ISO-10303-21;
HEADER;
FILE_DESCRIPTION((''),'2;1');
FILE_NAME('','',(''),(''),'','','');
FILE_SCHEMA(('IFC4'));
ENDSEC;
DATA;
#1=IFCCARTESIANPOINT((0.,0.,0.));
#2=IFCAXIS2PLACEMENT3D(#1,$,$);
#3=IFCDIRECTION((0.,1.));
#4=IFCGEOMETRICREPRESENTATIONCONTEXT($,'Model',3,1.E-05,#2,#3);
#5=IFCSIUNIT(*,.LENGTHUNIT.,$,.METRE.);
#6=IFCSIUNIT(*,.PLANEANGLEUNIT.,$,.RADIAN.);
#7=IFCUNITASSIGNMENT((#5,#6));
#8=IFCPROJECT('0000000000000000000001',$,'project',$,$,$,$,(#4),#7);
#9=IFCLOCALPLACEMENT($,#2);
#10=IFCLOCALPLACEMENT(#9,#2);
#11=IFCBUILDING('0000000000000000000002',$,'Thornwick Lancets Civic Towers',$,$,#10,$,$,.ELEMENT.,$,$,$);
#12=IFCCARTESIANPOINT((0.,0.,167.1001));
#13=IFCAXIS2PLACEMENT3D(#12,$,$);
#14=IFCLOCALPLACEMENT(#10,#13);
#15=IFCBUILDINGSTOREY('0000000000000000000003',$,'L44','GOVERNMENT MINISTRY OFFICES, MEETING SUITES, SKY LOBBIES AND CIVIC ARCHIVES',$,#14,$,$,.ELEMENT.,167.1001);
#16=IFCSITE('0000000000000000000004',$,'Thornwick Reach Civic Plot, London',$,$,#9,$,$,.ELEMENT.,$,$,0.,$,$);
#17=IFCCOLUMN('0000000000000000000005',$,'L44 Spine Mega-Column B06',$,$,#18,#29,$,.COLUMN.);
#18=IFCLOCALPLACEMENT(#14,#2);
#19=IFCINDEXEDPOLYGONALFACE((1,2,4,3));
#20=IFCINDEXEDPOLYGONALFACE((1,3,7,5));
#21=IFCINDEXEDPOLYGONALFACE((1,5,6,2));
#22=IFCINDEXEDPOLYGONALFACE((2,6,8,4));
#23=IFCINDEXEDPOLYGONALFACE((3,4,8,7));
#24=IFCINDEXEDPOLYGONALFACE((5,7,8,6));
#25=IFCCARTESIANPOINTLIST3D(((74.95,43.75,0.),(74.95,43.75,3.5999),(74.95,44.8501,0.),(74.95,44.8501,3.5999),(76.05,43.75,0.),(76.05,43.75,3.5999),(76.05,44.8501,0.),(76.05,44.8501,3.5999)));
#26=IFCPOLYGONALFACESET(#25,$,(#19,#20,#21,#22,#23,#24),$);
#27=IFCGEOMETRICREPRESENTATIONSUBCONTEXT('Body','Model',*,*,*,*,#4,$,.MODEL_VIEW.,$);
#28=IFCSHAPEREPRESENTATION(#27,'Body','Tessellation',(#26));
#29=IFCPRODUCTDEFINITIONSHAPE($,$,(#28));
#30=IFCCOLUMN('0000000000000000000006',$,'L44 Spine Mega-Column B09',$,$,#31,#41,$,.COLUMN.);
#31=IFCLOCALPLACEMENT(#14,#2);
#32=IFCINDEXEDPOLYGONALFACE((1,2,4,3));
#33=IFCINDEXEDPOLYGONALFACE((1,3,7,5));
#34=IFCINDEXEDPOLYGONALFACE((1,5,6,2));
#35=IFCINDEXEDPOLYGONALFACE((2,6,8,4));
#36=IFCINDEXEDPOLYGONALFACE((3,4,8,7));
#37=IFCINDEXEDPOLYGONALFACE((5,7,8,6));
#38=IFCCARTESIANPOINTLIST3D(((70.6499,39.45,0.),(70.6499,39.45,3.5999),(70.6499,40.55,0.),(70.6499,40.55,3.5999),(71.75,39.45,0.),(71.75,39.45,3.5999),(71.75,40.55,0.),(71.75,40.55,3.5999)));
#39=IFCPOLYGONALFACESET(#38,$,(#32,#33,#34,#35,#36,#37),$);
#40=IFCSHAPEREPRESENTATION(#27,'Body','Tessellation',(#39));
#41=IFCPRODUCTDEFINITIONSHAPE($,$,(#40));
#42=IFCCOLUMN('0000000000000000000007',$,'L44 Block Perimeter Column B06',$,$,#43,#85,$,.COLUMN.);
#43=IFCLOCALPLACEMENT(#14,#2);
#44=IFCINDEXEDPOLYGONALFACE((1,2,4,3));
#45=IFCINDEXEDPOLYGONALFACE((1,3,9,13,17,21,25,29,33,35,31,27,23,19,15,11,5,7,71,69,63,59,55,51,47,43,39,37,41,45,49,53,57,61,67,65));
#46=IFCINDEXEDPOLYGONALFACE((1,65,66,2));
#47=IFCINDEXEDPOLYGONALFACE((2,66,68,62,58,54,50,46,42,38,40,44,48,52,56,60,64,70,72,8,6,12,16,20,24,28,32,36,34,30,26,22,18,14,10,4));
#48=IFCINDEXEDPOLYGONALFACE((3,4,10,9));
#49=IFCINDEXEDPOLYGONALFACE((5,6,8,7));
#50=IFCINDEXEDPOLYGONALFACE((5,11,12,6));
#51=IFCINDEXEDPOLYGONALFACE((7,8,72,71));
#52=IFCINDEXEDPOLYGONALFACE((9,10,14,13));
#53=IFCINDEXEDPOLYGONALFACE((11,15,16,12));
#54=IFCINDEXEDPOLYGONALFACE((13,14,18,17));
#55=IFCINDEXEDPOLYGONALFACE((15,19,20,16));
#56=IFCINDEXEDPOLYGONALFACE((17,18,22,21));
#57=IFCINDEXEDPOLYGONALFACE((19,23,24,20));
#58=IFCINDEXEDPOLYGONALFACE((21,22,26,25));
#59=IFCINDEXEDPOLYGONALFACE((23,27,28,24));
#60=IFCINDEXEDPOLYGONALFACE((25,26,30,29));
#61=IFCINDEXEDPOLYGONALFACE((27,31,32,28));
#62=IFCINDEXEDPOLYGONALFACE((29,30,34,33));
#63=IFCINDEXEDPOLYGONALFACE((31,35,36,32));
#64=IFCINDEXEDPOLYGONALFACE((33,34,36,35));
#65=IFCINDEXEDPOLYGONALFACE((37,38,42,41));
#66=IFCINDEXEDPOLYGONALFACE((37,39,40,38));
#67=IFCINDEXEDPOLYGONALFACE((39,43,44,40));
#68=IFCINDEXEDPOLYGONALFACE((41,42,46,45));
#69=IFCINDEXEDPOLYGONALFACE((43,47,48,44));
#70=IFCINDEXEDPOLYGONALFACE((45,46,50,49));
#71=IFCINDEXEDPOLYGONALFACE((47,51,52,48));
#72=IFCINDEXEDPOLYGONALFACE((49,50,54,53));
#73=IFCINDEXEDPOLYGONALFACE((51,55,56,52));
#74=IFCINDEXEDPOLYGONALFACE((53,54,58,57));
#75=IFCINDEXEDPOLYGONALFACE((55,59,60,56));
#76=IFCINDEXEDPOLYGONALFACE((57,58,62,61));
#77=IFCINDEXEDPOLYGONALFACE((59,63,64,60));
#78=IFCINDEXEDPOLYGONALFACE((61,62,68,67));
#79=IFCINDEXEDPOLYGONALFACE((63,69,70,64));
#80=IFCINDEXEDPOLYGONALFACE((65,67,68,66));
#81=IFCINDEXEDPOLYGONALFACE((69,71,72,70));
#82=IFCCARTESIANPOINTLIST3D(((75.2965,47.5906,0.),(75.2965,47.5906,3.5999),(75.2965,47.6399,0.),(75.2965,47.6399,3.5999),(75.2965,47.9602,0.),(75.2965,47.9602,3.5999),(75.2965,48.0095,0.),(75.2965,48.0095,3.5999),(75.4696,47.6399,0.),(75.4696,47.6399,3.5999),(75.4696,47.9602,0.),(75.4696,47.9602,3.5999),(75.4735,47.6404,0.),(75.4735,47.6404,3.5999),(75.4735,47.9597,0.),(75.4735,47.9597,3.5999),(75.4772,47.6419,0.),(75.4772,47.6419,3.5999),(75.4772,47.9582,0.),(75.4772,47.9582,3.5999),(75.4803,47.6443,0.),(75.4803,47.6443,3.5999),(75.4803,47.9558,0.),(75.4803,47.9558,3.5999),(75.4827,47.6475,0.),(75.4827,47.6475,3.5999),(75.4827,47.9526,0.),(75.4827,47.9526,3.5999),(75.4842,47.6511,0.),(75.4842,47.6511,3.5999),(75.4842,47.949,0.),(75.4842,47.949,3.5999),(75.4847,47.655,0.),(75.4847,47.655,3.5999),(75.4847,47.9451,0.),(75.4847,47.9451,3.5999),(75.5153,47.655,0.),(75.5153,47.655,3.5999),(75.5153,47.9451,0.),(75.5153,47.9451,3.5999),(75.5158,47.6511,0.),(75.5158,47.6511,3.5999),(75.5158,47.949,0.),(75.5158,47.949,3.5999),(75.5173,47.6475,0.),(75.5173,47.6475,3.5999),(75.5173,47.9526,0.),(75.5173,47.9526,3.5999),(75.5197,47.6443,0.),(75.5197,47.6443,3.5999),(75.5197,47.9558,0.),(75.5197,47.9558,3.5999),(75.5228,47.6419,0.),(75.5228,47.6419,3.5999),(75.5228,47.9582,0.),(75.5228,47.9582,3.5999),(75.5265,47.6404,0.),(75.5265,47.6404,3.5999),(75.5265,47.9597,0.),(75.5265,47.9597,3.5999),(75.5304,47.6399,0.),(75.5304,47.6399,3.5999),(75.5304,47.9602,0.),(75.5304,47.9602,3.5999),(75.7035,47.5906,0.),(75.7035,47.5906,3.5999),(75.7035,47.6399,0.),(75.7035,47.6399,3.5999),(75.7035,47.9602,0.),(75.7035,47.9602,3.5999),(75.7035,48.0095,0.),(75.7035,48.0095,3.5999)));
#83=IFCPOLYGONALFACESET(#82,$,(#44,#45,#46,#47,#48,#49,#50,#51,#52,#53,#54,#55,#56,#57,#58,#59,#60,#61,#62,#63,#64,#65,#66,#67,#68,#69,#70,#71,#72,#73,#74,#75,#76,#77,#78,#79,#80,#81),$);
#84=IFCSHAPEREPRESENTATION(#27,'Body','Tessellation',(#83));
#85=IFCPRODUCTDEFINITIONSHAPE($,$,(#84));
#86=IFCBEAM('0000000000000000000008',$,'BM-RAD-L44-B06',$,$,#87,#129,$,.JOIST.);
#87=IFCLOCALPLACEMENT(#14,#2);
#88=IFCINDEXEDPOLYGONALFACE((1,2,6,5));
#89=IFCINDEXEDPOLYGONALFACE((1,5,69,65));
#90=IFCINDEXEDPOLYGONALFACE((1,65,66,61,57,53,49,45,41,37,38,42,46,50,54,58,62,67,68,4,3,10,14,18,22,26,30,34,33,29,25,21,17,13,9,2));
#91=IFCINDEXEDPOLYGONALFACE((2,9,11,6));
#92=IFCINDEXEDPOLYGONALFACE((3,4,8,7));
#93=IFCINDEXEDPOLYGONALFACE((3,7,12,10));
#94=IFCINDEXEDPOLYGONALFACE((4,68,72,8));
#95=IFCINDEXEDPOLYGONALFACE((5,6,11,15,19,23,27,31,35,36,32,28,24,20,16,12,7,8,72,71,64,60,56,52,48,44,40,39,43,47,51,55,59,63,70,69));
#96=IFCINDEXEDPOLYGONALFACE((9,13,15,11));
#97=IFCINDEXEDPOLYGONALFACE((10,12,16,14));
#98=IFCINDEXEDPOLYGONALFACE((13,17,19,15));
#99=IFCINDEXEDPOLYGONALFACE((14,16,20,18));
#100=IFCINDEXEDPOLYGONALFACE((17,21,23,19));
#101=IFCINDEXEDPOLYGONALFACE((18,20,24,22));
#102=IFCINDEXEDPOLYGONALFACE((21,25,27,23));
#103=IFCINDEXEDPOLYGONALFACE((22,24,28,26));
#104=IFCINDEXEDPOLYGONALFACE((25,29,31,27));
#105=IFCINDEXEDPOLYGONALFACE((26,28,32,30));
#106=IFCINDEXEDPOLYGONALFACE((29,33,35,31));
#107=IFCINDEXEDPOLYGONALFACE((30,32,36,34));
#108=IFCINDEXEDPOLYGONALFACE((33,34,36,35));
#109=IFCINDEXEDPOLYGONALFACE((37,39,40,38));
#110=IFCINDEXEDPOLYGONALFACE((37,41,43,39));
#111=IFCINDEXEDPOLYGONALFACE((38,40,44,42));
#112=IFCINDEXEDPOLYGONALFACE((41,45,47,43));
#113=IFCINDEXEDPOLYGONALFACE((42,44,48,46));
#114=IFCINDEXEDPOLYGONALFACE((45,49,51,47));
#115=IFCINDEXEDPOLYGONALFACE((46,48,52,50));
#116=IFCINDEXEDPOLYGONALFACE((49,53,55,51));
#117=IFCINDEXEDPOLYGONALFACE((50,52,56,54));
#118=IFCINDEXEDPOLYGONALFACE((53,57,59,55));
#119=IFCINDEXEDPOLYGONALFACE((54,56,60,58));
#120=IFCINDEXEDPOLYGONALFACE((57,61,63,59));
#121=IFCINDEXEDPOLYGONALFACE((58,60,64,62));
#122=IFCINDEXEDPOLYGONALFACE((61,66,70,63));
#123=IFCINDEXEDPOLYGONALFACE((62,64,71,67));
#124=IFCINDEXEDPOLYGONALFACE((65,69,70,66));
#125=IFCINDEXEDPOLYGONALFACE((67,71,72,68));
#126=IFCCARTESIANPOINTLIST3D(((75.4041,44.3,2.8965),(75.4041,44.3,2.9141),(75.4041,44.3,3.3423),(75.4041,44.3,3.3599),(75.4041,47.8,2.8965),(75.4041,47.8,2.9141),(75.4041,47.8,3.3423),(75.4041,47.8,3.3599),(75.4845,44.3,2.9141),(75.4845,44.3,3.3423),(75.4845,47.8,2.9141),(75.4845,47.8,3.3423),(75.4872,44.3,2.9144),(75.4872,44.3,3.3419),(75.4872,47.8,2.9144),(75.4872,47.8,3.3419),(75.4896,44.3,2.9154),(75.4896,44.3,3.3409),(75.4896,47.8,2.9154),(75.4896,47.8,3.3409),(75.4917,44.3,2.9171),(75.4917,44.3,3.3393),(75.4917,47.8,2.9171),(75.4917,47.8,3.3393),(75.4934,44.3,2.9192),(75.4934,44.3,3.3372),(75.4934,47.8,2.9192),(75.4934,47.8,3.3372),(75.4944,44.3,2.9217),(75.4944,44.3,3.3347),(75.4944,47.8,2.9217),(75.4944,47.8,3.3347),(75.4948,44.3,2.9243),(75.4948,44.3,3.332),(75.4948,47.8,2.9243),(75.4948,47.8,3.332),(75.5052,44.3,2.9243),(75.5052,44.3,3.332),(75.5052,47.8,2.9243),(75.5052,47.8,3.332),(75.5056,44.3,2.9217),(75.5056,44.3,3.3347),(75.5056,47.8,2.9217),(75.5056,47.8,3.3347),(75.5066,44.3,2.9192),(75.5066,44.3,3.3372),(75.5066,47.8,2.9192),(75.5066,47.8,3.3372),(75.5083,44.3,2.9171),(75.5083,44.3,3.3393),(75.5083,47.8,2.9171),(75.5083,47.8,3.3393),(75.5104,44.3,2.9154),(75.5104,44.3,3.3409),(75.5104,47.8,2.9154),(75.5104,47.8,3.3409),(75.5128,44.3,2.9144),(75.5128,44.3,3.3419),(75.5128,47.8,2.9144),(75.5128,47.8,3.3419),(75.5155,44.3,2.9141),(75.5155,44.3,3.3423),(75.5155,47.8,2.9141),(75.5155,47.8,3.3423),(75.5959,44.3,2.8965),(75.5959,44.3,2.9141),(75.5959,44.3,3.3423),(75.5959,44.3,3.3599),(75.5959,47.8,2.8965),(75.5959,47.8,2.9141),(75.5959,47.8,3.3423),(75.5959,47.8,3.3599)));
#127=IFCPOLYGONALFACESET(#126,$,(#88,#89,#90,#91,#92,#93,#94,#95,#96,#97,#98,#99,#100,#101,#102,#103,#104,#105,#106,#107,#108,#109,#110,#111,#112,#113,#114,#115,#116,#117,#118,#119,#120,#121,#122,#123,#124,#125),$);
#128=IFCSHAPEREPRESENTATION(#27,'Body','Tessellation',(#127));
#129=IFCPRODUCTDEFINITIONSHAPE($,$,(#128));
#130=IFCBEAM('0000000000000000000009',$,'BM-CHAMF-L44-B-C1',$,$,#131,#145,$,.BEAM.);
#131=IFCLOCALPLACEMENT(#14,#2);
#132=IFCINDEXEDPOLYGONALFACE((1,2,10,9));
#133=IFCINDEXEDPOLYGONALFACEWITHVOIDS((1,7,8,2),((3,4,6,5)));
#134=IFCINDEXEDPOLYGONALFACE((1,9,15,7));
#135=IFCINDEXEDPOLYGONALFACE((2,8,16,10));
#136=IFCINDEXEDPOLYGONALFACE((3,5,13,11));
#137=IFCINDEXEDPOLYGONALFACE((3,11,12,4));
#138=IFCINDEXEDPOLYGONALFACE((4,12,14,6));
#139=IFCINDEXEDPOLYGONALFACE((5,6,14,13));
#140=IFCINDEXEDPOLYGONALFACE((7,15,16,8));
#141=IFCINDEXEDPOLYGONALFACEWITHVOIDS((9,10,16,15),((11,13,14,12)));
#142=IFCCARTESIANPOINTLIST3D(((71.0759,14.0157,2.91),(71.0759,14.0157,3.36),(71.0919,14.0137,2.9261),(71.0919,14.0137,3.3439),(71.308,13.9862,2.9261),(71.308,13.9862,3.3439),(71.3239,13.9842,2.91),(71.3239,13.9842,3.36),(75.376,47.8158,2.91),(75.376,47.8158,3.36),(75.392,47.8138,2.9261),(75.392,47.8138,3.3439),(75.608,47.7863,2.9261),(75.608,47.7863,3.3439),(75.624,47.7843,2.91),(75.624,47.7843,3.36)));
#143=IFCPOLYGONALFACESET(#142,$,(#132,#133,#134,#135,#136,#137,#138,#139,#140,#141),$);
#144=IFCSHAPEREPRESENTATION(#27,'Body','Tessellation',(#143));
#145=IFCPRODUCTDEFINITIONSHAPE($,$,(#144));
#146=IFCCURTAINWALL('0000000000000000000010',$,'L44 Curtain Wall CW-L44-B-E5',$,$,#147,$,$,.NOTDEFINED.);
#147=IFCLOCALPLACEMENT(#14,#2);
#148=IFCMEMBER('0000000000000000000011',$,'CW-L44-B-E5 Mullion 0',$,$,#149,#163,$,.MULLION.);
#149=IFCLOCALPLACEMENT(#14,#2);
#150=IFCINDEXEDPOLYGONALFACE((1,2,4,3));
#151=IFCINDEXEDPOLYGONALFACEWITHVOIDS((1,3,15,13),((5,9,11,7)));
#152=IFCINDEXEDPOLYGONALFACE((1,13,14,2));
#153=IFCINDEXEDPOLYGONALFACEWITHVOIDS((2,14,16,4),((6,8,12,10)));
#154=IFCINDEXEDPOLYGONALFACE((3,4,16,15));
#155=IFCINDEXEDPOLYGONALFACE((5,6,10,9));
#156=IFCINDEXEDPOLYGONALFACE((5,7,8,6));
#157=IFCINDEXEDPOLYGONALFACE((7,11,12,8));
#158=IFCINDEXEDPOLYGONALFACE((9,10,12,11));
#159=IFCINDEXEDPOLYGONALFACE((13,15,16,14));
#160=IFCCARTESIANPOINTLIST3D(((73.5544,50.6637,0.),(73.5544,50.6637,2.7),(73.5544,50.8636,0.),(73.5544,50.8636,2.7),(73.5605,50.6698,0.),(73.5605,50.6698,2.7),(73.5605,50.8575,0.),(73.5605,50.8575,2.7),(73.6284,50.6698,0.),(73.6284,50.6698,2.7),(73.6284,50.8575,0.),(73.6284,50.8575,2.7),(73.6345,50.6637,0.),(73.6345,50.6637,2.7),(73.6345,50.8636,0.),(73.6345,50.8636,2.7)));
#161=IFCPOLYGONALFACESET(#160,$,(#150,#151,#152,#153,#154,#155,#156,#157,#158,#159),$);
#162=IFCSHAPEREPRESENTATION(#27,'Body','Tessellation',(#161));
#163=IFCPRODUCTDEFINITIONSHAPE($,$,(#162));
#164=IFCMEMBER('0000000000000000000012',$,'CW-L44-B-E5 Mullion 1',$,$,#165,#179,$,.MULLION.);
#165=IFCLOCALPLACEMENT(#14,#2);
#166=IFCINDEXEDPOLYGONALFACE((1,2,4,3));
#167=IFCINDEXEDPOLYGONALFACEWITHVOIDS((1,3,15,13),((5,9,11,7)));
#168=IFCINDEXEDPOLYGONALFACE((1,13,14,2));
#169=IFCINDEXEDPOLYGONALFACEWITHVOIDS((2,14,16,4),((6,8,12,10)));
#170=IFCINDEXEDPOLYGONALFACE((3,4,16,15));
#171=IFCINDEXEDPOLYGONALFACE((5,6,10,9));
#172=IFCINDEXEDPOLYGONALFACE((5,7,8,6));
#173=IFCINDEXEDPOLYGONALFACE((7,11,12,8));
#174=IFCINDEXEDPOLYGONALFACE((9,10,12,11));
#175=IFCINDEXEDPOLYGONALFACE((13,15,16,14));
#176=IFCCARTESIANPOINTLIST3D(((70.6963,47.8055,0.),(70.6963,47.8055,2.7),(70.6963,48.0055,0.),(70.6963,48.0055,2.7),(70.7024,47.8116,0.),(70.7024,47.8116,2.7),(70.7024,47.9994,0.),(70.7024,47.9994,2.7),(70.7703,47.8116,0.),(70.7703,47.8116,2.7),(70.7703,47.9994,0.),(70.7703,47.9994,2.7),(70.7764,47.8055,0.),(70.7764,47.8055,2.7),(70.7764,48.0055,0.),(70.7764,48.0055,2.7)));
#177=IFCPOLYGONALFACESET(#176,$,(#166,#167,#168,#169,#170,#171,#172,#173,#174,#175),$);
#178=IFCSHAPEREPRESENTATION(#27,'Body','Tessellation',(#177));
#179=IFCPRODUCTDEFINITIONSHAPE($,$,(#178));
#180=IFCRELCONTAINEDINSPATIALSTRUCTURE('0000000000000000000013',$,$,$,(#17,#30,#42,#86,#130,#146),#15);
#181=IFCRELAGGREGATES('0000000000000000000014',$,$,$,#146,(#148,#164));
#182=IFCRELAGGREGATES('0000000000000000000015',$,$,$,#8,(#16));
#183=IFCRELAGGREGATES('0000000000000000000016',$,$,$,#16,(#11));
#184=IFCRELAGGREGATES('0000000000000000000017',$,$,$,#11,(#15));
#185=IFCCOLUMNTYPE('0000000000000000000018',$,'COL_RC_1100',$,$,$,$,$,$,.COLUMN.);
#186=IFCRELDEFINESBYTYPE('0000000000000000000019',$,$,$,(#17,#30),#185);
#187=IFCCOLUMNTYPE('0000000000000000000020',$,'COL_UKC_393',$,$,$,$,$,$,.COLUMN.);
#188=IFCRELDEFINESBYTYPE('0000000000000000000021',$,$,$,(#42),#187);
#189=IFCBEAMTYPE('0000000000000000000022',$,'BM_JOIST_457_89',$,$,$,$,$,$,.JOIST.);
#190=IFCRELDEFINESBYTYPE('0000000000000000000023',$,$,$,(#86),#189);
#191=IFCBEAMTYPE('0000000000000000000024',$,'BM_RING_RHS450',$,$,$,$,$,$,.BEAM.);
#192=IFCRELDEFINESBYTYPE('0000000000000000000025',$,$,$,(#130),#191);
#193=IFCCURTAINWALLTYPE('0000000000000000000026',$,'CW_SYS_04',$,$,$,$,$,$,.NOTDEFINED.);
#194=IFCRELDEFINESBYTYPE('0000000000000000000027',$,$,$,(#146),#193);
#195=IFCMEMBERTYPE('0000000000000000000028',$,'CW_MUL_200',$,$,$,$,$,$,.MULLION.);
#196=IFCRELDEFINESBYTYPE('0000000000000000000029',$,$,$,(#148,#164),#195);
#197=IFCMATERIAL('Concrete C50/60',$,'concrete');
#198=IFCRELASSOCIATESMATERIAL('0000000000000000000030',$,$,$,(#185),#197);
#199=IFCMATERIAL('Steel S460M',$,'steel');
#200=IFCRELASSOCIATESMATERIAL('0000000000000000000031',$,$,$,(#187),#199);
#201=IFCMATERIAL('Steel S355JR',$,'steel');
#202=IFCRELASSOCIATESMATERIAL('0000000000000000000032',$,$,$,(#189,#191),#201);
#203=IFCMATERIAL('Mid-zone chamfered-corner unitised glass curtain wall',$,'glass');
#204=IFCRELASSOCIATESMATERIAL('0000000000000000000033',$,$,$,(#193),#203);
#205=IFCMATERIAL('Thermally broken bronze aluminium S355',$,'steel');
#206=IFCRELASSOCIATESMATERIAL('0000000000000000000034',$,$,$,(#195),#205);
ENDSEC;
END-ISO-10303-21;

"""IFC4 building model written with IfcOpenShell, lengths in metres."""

from ifc_helpers import new_model, si_unit, direction, frame, origin, origin_2d, place, context, subcontext, project, spatial, rectangle, hollow_rectangle, i_section, extrude, material, material_profile, profile_set, type_object, element, aggregate, save


model = new_model("IFC4")

# Units and contexts
model_context = context("Model", 3, precision=1e-05, world=origin(), true_north=direction((0.0, 1.0)))
body_context = subcontext(model_context, "Body", "Model", "MODEL_VIEW")
ifc_project = project(units=[si_unit("LENGTHUNIT", "METRE"), si_unit("PLANEANGLEUNIT", "RADIAN")], contexts=[model_context])

# Site, building, storey
site_placement = place(None, origin())
site = spatial("IfcSite", under=ifc_project, at=site_placement, Name="Thornwick Reach Civic Plot, London", CompositionType="ELEMENT", RefElevation=0.0)
building_placement = place(site_placement, origin())
building = spatial("IfcBuilding", under=site, at=building_placement, Name="Thornwick Lancets Civic Towers", CompositionType="ELEMENT")
storey_placement = place(building_placement, frame((0.0, 0.0, 167.1001)))
storey = spatial("IfcBuildingStorey", under=building, at=storey_placement, Name="L44", Description="GOVERNMENT MINISTRY OFFICES, MEETING SUITES, SKY LOBBIES AND CIVIC ARCHIVES", CompositionType="ELEMENT", Elevation=167.1001)

# Columns
ifc_material_1 = material(Name="Concrete C50/60", Category="concrete")
ifc_material_profile_1 = material_profile(ifc_material_1, rectangle(XDim=1.1001, YDim=1.1001, at=origin_2d()), Name="RC 1100x1100")
ifc_profile_set_1 = profile_set([ifc_material_profile_1], Name="Concrete C50/60")
column_type_1 = type_object("IfcColumnType", Name="COL_RC_1100", PredefinedType="COLUMN", material=ifc_profile_set_1)
for number, where, z_axis, x_axis, name in (
    (1, (75.5, 44.3, 0.0), (0.0, 0.0, 1.0), (1.0, 0.0, 0.0), "L44 Spine Mega-Column B06"),
    (2, (71.2, 40.0, 0.0), (0.0, 0.0, 1.0), (1.0, 0.0, 0.0), "L44 Spine Mega-Column B09"),
):
    element("IfcColumn", number, at=place(storey_placement, frame(where, z_axis=z_axis, x_axis=x_axis)), inside=storey, type_object=column_type_1, Name=name, PredefinedType="COLUMN", context=body_context, shape_type="SweptSolid", body=[
        extrude(rectangle(XDim=1.1001, YDim=1.1001, at=origin_2d()), origin(), (0.0, 0.0, 1.0), 3.5999),
    ])
ifc_material_2 = material(Name="Steel S460M", Category="steel")
ifc_material_profile_2 = material_profile(ifc_material_2, i_section(OverallWidth=0.407, OverallDepth=0.4189, WebThickness=0.0305, FlangeThickness=0.0493, FilletRadius=0.0151, at=origin_2d()), Name="UKC 356x406x393")
ifc_profile_set_2 = profile_set([ifc_material_profile_2], Name="Steel S460M")
column_type_2 = type_object("IfcColumnType", Name="COL_UKC_393", PredefinedType="COLUMN", material=ifc_profile_set_2)
column_placement = place(storey_placement, frame((75.5, 47.8, 0.0), z_axis=(0.0, 0.0, 1.0), x_axis=(1.0, 0.0, 0.0)))
element("IfcColumn", 3, at=column_placement, inside=storey, type_object=column_type_2, Name="L44 Block Perimeter Column B06", PredefinedType="COLUMN", context=body_context, shape_type="SweptSolid", body=[
    extrude(i_section(OverallWidth=0.407, OverallDepth=0.4189, WebThickness=0.0305, FlangeThickness=0.0493, FilletRadius=0.0151, at=origin_2d()), origin(), (0.0, 0.0, 1.0), 3.5999),
])

# Beams
ifc_material_3 = material(Name="Steel S355JR", Category="steel")
ifc_material_profile_3 = material_profile(ifc_material_3, i_section(OverallWidth=0.1919, OverallDepth=0.4634, WebThickness=0.0105, FlangeThickness=0.0176, FilletRadius=0.0103, at=origin_2d()), Name="UKB 457x191x89")
ifc_profile_set_3 = profile_set([ifc_material_profile_3], Name="Steel S355JR")
beam_type_1 = type_object("IfcBeamType", Name="BM_JOIST_457_89", PredefinedType="JOIST", material=ifc_profile_set_3)
beam_1_placement = place(storey_placement, frame((75.5, 44.3, 3.1282), z_axis=(0.0, 1.0, 0.0), x_axis=(-1.0, 0.0, 0.0)))
element("IfcBeam", 4, at=beam_1_placement, inside=storey, type_object=beam_type_1, Name="BM-RAD-L44-B06", PredefinedType="JOIST", context=body_context, shape_type="SweptSolid", body=[
    extrude(i_section(OverallWidth=0.1919, OverallDepth=0.4634, WebThickness=0.0105, FlangeThickness=0.0176, FilletRadius=0.0103, at=origin_2d()), origin(), (0.0, 0.0, 1.0), 3.5),
])
ifc_material_profile_4 = material_profile(ifc_material_3, hollow_rectangle(XDim=0.25, YDim=0.45, WallThickness=0.0161, at=origin_2d()), Name="RHS 450x250x16")
ifc_profile_set_4 = profile_set([ifc_material_profile_4], Name="Steel S355JR")
beam_type_2 = type_object("IfcBeamType", Name="BM_RING_RHS450", PredefinedType="BEAM", material=ifc_profile_set_4)
beam_2_placement = place(storey_placement, frame((75.5, 47.8, 3.135), z_axis=(-0.126203, -0.992004, 0.0), x_axis=(0.992004, -0.126203, 0.0)))
element("IfcBeam", 5, at=beam_2_placement, inside=storey, type_object=beam_type_2, Name="BM-CHAMF-L44-B-C1", PredefinedType="BEAM", context=body_context, shape_type="SweptSolid", body=[
    extrude(hollow_rectangle(XDim=0.25, YDim=0.45, WallThickness=0.0161, at=origin_2d()), origin(), (0.0, 0.0, 1.0), 34.0725),
])

# Curtain wall, members
ifc_material_4 = material(Name="Mid-zone chamfered-corner unitised glass curtain wall", Category="glass")
curtain_wall_type = type_object("IfcCurtainWallType", Name="CW_SYS_04", PredefinedType="NOTDEFINED", material=ifc_material_4)
curtain_wall_placement = place(storey_placement, origin())
curtain_wall = element("IfcCurtainWall", 6, at=curtain_wall_placement, inside=storey, type_object=curtain_wall_type, Name="L44 Curtain Wall CW-L44-B-E5", PredefinedType="NOTDEFINED")
ifc_material_5 = material(Name="Thermally broken bronze aluminium S355", Category="steel")
ifc_material_profile_5 = material_profile(ifc_material_5, hollow_rectangle(XDim=0.0801, YDim=0.2, WallThickness=0.0061, at=origin_2d()), Name="RHS 200x80x6")
ifc_profile_set_5 = profile_set([ifc_material_profile_5], Name="Thermally broken bronze aluminium S355")
member_type_1 = type_object("IfcMemberType", Name="CW_MUL_200", PredefinedType="MULLION", material=ifc_profile_set_5)
member_1_placement = place(storey_placement, frame((73.5945, 50.7637, 0.0), z_axis=(0.0, 0.0, 1.0), x_axis=(1.0, 0.0, 0.0)))
member_1 = element("IfcMember", 7, at=member_1_placement, type_object=member_type_1, Name="CW-L44-B-E5 Mullion 0", PredefinedType="MULLION", context=body_context, shape_type="SweptSolid", body=[
    extrude(hollow_rectangle(XDim=0.0801, YDim=0.2, WallThickness=0.0061, at=origin_2d()), origin(), (0.0, 0.0, 1.0), 2.7),
])
member_2_placement = place(storey_placement, frame((70.7363, 47.9055, 0.0), z_axis=(0.0, 0.0, 1.0), x_axis=(1.0, 0.0, 0.0)))
member_2 = element("IfcMember", 8, at=member_2_placement, type_object=member_type_1, Name="CW-L44-B-E5 Mullion 1", PredefinedType="MULLION", context=body_context, shape_type="SweptSolid", body=[
    extrude(hollow_rectangle(XDim=0.0801, YDim=0.2, WallThickness=0.0061, at=origin_2d()), origin(), (0.0, 0.0, 1.0), 2.7),
])
aggregate(curtain_wall, [member_1, member_2])

save(model, "model.ifc")
